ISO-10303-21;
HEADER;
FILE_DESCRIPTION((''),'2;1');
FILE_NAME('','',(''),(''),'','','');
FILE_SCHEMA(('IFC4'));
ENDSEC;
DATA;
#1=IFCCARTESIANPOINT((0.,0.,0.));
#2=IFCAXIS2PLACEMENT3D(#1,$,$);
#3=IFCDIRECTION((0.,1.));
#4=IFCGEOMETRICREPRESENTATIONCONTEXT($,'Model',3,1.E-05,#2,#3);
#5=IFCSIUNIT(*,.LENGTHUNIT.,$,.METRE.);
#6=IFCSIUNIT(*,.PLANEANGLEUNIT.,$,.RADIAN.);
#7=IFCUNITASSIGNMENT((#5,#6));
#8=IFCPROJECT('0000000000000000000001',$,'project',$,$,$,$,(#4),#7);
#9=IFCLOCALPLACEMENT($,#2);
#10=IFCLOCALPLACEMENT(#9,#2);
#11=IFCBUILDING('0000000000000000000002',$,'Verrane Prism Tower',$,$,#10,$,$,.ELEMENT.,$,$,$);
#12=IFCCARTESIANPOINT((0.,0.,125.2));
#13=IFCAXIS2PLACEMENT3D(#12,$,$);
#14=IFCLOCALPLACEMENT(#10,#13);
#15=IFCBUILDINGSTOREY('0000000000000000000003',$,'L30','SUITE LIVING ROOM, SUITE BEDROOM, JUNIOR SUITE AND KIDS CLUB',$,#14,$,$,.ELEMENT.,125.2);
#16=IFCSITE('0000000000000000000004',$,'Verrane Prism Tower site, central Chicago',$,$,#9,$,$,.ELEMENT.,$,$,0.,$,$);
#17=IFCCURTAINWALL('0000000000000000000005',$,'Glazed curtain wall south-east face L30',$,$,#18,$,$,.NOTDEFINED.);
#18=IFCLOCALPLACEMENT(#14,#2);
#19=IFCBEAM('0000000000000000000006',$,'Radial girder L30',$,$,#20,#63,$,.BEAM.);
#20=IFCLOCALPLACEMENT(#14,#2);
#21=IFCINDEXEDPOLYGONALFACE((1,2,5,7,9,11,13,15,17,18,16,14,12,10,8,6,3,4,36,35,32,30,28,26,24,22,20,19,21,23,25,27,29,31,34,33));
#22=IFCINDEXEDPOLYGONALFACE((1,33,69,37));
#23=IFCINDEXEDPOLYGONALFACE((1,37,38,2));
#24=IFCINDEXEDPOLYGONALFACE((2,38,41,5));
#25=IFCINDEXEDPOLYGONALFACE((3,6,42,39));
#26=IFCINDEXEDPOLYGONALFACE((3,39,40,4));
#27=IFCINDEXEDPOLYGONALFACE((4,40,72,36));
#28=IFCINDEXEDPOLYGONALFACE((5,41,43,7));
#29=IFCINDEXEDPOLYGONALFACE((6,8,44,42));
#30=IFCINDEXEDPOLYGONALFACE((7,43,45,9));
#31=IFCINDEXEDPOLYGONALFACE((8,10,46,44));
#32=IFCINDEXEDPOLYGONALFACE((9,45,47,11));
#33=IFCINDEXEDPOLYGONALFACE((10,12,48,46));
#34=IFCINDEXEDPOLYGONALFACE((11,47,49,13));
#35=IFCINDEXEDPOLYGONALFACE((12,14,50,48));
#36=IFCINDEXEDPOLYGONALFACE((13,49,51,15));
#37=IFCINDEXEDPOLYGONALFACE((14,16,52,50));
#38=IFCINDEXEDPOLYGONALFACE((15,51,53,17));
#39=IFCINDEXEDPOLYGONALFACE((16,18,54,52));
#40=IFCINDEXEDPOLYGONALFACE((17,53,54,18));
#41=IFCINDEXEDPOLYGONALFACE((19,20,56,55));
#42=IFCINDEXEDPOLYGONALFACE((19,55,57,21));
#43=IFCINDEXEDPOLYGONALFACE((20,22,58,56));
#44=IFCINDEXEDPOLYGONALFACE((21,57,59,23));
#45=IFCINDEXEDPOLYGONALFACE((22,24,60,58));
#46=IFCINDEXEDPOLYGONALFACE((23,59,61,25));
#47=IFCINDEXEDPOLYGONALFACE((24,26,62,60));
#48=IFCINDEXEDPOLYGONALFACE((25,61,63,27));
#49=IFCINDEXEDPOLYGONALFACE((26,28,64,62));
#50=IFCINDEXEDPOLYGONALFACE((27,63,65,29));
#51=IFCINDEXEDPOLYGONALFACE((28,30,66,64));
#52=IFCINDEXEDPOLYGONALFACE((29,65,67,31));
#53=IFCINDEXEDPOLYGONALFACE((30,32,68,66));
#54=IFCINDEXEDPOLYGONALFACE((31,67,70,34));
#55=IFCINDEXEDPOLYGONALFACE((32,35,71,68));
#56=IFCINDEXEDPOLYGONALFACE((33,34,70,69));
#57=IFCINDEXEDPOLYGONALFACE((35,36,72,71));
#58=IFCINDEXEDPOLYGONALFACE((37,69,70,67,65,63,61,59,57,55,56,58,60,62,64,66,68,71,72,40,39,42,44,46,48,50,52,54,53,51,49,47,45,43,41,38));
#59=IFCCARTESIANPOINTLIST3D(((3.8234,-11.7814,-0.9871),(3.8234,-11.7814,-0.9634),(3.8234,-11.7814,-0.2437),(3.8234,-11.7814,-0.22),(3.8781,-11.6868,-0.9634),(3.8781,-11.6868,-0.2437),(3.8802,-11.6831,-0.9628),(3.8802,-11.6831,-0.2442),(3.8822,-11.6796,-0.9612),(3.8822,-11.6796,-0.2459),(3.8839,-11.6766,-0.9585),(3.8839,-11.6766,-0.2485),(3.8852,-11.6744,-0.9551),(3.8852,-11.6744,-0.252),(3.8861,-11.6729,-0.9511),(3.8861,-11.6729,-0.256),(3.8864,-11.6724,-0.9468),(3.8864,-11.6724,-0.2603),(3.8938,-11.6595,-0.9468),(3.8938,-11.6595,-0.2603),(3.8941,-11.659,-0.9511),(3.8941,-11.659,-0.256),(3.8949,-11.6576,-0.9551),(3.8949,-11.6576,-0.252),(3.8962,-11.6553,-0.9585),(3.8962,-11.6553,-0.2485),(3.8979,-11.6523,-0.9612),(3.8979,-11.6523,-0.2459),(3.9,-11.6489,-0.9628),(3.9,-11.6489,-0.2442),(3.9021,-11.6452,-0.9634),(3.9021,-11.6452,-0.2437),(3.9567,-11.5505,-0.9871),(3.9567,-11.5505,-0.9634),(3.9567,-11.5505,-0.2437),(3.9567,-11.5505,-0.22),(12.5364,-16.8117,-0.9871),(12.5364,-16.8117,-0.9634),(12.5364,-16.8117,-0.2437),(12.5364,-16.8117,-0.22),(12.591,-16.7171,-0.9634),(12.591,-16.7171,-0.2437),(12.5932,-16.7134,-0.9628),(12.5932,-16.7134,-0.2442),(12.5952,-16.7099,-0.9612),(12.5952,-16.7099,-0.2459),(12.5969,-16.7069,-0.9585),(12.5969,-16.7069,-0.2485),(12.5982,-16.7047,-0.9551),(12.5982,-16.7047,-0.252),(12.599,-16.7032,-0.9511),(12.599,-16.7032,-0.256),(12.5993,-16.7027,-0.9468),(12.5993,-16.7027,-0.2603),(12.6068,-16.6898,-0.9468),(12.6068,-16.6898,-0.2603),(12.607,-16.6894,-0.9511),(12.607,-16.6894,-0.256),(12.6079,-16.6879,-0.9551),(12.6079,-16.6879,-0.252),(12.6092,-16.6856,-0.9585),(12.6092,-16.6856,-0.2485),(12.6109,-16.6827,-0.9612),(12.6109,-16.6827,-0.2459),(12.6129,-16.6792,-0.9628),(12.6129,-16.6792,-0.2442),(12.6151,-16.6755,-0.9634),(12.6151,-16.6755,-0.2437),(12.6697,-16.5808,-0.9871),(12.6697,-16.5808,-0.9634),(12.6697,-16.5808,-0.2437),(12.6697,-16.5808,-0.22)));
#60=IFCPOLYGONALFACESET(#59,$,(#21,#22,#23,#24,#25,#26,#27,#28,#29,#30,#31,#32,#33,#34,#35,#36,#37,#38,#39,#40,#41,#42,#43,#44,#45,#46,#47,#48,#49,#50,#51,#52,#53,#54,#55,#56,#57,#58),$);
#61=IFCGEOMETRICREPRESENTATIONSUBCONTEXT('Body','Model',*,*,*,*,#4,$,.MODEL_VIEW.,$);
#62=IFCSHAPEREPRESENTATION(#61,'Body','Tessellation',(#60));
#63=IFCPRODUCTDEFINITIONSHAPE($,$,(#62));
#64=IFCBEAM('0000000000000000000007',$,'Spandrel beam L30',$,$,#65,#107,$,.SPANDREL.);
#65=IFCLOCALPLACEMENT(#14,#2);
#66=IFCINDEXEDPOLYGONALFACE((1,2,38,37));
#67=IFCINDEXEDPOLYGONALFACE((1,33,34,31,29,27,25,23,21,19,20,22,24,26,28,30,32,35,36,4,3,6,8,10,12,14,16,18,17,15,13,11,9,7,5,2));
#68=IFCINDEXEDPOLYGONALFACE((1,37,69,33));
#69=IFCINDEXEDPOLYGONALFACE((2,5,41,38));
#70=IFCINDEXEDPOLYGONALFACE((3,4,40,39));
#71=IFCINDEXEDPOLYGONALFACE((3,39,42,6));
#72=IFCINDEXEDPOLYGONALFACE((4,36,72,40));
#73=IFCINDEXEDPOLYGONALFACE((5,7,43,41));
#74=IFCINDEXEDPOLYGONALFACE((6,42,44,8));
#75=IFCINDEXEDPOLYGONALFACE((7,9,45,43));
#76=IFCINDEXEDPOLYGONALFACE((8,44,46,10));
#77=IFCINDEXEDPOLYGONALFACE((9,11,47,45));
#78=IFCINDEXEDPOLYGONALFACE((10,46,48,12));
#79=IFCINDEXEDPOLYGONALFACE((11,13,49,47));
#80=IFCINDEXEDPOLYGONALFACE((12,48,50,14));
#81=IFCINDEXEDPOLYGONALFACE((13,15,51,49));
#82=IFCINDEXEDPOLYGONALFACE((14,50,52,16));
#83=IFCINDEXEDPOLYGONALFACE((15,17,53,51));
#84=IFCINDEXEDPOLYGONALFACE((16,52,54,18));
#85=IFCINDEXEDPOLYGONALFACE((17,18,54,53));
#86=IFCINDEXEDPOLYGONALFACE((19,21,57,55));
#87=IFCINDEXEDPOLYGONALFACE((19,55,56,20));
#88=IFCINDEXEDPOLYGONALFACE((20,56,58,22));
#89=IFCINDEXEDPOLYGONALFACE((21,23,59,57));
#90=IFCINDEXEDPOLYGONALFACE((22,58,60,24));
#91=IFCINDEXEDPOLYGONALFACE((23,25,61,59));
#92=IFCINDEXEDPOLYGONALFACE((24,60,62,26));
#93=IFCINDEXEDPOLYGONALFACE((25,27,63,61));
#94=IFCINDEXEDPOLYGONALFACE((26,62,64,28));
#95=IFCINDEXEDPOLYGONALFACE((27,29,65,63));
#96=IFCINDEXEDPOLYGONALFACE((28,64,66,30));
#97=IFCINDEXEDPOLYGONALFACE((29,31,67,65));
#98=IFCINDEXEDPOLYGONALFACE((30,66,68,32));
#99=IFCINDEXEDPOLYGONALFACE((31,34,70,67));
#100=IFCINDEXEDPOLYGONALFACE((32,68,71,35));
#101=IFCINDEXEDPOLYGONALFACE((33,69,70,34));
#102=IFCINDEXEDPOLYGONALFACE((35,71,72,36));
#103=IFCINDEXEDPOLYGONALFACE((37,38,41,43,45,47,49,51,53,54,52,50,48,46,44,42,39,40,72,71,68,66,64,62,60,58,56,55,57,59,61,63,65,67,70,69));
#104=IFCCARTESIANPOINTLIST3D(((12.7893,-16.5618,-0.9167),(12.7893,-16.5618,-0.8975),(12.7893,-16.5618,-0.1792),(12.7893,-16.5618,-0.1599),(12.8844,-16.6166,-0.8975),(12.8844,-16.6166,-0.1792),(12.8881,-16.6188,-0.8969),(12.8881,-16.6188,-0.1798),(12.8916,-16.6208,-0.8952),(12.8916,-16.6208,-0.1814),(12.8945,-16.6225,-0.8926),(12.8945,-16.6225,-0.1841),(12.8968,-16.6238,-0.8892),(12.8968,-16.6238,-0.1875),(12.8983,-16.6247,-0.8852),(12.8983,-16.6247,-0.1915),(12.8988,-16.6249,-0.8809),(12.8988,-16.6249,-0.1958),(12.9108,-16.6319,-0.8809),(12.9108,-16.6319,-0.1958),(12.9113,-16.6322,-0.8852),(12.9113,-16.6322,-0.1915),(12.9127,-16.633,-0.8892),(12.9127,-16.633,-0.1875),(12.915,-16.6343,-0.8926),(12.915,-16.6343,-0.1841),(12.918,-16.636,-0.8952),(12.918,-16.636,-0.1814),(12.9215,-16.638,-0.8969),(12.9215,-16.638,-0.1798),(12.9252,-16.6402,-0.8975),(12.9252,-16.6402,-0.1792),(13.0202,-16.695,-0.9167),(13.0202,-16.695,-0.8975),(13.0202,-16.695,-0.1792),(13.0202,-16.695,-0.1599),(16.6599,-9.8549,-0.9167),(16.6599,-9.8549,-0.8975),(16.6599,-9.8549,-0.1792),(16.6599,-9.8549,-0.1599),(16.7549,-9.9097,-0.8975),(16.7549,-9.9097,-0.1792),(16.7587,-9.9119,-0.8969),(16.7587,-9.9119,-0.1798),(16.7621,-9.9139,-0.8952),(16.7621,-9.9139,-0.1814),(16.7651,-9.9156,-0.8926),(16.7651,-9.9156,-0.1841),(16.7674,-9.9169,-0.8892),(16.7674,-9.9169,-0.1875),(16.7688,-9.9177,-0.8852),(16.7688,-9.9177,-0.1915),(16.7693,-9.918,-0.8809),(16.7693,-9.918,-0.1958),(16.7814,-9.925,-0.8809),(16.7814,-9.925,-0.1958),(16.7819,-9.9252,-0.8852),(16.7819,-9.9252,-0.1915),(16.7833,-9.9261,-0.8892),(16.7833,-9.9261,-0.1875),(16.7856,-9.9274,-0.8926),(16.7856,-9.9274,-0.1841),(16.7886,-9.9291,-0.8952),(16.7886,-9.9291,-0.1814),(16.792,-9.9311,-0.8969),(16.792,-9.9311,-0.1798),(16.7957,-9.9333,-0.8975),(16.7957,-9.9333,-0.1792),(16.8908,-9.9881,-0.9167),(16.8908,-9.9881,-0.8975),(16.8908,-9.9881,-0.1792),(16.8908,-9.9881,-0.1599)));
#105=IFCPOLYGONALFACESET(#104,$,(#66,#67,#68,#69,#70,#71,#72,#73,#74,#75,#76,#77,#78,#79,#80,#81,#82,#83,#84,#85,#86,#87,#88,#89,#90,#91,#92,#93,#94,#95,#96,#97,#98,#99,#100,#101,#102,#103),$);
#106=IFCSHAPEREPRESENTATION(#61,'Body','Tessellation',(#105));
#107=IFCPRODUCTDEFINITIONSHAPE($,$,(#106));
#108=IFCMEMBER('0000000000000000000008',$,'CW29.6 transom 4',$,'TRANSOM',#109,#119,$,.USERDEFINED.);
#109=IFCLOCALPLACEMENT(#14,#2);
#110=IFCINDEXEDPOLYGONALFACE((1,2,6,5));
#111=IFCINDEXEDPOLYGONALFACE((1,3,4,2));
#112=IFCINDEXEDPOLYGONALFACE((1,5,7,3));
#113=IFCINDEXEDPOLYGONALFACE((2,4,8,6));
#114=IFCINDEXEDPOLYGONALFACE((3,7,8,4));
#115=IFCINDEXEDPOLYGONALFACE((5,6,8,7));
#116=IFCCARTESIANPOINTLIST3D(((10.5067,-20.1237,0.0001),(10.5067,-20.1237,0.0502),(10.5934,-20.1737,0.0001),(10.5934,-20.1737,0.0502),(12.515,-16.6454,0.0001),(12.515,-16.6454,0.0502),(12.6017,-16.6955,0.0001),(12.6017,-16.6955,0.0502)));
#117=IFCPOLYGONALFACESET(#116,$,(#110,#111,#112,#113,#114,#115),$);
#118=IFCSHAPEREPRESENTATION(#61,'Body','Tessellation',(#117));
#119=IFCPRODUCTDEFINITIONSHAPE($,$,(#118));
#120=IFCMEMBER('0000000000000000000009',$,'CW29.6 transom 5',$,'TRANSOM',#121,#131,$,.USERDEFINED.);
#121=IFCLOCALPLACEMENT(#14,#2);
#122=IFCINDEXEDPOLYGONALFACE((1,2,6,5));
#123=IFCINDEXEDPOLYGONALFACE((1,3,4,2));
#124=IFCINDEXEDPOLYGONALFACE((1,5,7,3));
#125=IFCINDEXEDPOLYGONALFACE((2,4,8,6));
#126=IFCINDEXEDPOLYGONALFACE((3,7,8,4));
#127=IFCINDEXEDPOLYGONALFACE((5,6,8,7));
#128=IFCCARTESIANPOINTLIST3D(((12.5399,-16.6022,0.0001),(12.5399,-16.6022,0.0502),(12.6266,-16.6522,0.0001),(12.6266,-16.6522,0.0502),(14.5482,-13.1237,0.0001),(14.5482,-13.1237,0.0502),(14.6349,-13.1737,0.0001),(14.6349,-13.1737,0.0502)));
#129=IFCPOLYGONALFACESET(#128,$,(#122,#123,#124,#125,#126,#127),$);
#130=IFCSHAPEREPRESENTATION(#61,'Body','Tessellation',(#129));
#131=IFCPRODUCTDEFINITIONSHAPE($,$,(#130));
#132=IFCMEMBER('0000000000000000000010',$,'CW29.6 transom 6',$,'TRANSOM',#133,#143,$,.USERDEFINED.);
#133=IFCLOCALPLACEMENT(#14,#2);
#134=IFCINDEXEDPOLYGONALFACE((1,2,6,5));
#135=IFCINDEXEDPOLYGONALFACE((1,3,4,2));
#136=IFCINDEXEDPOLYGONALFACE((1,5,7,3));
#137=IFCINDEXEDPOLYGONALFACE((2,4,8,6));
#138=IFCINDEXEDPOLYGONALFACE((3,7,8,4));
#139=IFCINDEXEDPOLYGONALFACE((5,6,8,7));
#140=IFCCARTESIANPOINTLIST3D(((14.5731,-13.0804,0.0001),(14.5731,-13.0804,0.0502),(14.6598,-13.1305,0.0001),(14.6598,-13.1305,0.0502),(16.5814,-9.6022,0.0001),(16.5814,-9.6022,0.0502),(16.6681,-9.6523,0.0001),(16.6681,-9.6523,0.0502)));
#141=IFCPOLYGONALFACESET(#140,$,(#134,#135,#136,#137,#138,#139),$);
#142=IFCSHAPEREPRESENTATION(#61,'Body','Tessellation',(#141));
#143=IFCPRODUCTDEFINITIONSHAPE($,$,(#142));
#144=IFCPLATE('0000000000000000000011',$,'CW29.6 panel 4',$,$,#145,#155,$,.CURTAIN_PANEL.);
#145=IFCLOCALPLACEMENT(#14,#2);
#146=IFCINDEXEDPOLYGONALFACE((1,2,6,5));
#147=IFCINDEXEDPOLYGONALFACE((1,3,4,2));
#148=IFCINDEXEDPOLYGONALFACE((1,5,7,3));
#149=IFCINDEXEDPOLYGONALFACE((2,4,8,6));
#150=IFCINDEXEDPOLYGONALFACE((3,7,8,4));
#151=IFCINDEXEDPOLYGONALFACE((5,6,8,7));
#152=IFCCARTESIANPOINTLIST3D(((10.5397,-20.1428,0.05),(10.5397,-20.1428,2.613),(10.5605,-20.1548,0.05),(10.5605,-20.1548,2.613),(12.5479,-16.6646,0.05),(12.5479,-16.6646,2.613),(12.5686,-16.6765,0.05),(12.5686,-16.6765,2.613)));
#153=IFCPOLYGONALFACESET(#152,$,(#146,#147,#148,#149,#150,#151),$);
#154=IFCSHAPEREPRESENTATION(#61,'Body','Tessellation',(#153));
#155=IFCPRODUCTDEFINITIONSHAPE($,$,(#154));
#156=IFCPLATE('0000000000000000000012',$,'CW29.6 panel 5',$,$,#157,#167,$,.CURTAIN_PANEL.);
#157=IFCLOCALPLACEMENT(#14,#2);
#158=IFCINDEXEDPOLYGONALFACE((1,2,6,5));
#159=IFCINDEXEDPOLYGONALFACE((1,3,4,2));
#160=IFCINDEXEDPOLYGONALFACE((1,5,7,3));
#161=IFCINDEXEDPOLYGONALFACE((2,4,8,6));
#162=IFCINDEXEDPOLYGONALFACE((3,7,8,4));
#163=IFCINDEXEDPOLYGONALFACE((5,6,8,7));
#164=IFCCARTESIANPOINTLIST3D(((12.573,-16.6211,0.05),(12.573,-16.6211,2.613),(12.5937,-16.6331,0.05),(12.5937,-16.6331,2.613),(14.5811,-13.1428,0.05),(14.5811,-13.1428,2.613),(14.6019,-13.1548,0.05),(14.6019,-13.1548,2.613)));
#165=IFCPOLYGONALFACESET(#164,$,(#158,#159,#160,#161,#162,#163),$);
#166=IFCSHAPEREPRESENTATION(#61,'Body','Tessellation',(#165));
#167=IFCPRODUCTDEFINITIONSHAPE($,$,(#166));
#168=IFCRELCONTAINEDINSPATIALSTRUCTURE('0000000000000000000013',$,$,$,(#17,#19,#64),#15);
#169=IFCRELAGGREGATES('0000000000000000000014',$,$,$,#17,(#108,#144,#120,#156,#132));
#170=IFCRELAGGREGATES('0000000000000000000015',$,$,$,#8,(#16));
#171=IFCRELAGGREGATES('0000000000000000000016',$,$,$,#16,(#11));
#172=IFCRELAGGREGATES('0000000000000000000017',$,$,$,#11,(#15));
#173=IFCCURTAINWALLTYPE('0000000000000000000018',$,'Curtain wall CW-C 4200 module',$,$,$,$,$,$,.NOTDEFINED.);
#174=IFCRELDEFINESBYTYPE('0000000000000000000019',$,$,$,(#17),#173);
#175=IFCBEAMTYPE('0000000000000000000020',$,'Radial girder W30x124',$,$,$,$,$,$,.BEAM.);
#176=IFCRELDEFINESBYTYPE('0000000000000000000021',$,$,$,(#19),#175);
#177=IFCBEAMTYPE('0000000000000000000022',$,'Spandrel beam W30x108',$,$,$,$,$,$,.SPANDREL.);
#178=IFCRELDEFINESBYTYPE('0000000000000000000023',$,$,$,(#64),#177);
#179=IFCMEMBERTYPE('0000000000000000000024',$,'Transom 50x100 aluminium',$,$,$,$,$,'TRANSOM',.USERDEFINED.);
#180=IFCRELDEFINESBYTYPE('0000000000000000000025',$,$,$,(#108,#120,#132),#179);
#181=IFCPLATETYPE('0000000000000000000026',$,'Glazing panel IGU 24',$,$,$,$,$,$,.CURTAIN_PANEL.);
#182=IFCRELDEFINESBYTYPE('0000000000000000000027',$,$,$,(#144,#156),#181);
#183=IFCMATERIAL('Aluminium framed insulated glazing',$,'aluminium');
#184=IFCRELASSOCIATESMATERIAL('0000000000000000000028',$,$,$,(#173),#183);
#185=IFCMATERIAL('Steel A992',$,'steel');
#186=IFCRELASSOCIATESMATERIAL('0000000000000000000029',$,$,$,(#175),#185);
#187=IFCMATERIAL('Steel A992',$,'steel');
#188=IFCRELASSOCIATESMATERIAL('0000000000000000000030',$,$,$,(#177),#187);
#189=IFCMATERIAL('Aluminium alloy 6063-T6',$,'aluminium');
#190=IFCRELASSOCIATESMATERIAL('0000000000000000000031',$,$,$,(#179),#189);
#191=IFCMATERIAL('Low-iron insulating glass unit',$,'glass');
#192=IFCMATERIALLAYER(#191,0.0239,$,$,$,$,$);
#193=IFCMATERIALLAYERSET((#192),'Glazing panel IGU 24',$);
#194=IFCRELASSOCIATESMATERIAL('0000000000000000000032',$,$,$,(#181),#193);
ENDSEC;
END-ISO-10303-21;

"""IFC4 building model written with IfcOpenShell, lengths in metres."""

from ifc_helpers import new_model, si_unit, direction, frame, origin, origin_2d, place, context, subcontext, project, spatial, rectangle, i_section, extrude, material, layer, layer_set, material_profile, profile_set, type_object, element, aggregate, save


model = new_model("IFC4")

# Units and contexts
model_context = context("Model", 3, precision=1e-05, world=origin(), true_north=direction((0.0, 1.0)))
body_context = subcontext(model_context, "Body", "Model", "MODEL_VIEW")
ifc_project = project(units=[si_unit("LENGTHUNIT", "METRE"), si_unit("PLANEANGLEUNIT", "RADIAN")], contexts=[model_context])

# Site, building, storey
site_placement = place(None, origin())
site = spatial("IfcSite", under=ifc_project, at=site_placement, Name="Verrane Prism Tower site, central Chicago", CompositionType="ELEMENT", RefElevation=0.0)
building_placement = place(site_placement, origin())
building = spatial("IfcBuilding", under=site, at=building_placement, Name="Verrane Prism Tower", CompositionType="ELEMENT")
storey_placement = place(building_placement, frame((0.0, 0.0, 125.2)))
storey = spatial("IfcBuildingStorey", under=building, at=storey_placement, Name="L30", Description="SUITE LIVING ROOM, SUITE BEDROOM, JUNIOR SUITE AND KIDS CLUB", CompositionType="ELEMENT", Elevation=125.2)

# Curtain wall
ifc_material_1 = material(Name="Aluminium framed insulated glazing", Category="aluminium")
curtain_wall_type = type_object("IfcCurtainWallType", Name="Curtain wall CW-C 4200 module", PredefinedType="NOTDEFINED", material=ifc_material_1)
curtain_wall_placement = place(storey_placement, origin())
curtain_wall = element("IfcCurtainWall", 1, at=curtain_wall_placement, inside=storey, type_object=curtain_wall_type, Name="Glazed curtain wall south-east face L30", PredefinedType="NOTDEFINED")

# Beams
ifc_material_2 = material(Name="Steel A992", Category="steel")
ifc_material_profile_1 = material_profile(ifc_material_2, i_section(OverallWidth=0.2666, OverallDepth=0.7671, WebThickness=0.0149, FlangeThickness=0.0237, FilletRadius=0.0166, at=origin_2d()), Name="W30x124")
ifc_profile_set_1 = profile_set([ifc_material_profile_1], Name="Steel A992")
beam_type_1 = type_object("IfcBeamType", Name="Radial girder W30x124", PredefinedType="BEAM", material=ifc_profile_set_1)
beam_1_placement = place(storey_placement, frame((12.603, -16.6963, -0.6035), z_axis=(-0.86603, 0.499991, 0.0), x_axis=(-0.499991, -0.86603, 0.0)))
element("IfcBeam", 2, at=beam_1_placement, inside=storey, type_object=beam_type_1, Name="Radial girder L30", PredefinedType="BEAM", context=body_context, shape_type="SweptSolid", body=[
    extrude(i_section(OverallWidth=0.2666, OverallDepth=0.7671, WebThickness=0.0149, FlangeThickness=0.0237, FilletRadius=0.0166, at=origin_2d()), origin(), (0.0, 0.0, 1.0), 10.0608),
])
ifc_material_3 = material(Name="Steel A992", Category="steel")
ifc_material_profile_2 = material_profile(ifc_material_3, i_section(OverallWidth=0.2666, OverallDepth=0.7568, WebThickness=0.0139, FlangeThickness=0.0193, FilletRadius=0.0166, at=origin_2d()), Name="W30x108")
ifc_profile_set_2 = profile_set([ifc_material_profile_2], Name="Steel A992")
beam_type_2 = type_object("IfcBeamType", Name="Spandrel beam W30x108", PredefinedType="SPANDREL", material=ifc_profile_set_2)
beam_2_placement = place(storey_placement, frame((12.9048, -16.6284, -0.5383), z_axis=(0.499835, 0.86612, 0.0), x_axis=(-0.86612, 0.499835, 0.0)))
element("IfcBeam", 3, at=beam_2_placement, inside=storey, type_object=beam_type_2, Name="Spandrel beam L30", PredefinedType="SPANDREL", context=body_context, shape_type="SweptSolid", body=[
    extrude(i_section(OverallWidth=0.2666, OverallDepth=0.7568, WebThickness=0.0139, FlangeThickness=0.0193, FilletRadius=0.0166, at=origin_2d()), origin(), (0.0, 0.0, 1.0), 7.7437),
])

# Members
ifc_material_4 = material(Name="Aluminium alloy 6063-T6", Category="aluminium")
ifc_material_profile_3 = material_profile(ifc_material_4, rectangle(XDim=0.1001, YDim=0.05, at=origin_2d()), Name="Transom 50x100 aluminium")
ifc_profile_set_3 = profile_set([ifc_material_profile_3], Name="Aluminium alloy 6063-T6")
member_type_1 = type_object("IfcMemberType", Name="Transom 50x100 aluminium", ElementType="TRANSOM", PredefinedType="USERDEFINED", material=ifc_profile_set_3)
member_1_placement = place(storey_placement, frame((10.55, -20.1487, 0.0251), z_axis=(0.500022, 0.866012, 0.0), x_axis=(-0.866012, 0.500022, 0.0)))
member_1 = element("IfcMember", 4, at=member_1_placement, type_object=member_type_1, Name="CW29.6 transom 4", ObjectType="TRANSOM", PredefinedType="USERDEFINED", context=body_context, shape_type="SweptSolid", body=[
    extrude(rectangle(XDim=0.1001, YDim=0.05, at=origin_2d()), origin(), (0.0, 0.0, 1.0), 4.0164),
])
member_2_placement = place(storey_placement, frame((12.5833, -16.6272, 0.0251), z_axis=(0.499996, 0.866028, 0.0), x_axis=(-0.866028, 0.499996, 0.0)))
member_2 = element("IfcMember", 5, at=member_2_placement, type_object=member_type_1, Name="CW29.6 transom 5", ObjectType="TRANSOM", PredefinedType="USERDEFINED", context=body_context, shape_type="SweptSolid", body=[
    extrude(rectangle(XDim=0.1001, YDim=0.05, at=origin_2d()), origin(), (0.0, 0.0, 1.0), 4.0166),
])
member_3_placement = place(storey_placement, frame((14.6165, -13.1055, 0.0251), z_axis=(0.500022, 0.866012, 0.0), x_axis=(-0.866012, 0.500022, 0.0)))
member_3 = element("IfcMember", 6, at=member_3_placement, type_object=member_type_1, Name="CW29.6 transom 6", ObjectType="TRANSOM", PredefinedType="USERDEFINED", context=body_context, shape_type="SweptSolid", body=[
    extrude(rectangle(XDim=0.1001, YDim=0.05, at=origin_2d()), origin(), (0.0, 0.0, 1.0), 4.0164),
])

# Plates
ifc_material_5 = material(Name="Low-iron insulating glass unit", Category="glass")
ifc_layer_1 = layer(ifc_material_5, 0.0239)
ifc_layer_set_1 = layer_set([ifc_layer_1], Name="Glazing panel IGU 24")
plate_type = type_object("IfcPlateType", Name="Glazing panel IGU 24", PredefinedType="CURTAIN_PANEL", material=ifc_layer_set_1)
plate_1_placement = place(storey_placement, frame((11.5542, -18.4097, 0.05), z_axis=(0.0, 0.0, 1.0), x_axis=(0.5, 0.866025, 0.0)))
plate_1 = element("IfcPlate", 7, at=plate_1_placement, type_object=plate_type, Name="CW29.6 panel 4", PredefinedType="CURTAIN_PANEL", context=body_context, shape_type="SweptSolid", body=[
    extrude(rectangle(XDim=4.0164, YDim=0.0239, at=origin_2d()), origin(), (0.0, 0.0, 1.0), 2.563),
])
plate_2_placement = place(storey_placement, frame((13.5874, -14.8879, 0.05), z_axis=(0.0, 0.0, 1.0), x_axis=(0.5, 0.866025, 0.0)))
plate_2 = element("IfcPlate", 8, at=plate_2_placement, type_object=plate_type, Name="CW29.6 panel 5", PredefinedType="CURTAIN_PANEL", context=body_context, shape_type="SweptSolid", body=[
    extrude(rectangle(XDim=4.0164, YDim=0.0239, at=origin_2d()), origin(), (0.0, 0.0, 1.0), 2.563),
])
aggregate(curtain_wall, [member_1, plate_1, member_2, plate_2, member_3])

save(model, "model.ifc")
